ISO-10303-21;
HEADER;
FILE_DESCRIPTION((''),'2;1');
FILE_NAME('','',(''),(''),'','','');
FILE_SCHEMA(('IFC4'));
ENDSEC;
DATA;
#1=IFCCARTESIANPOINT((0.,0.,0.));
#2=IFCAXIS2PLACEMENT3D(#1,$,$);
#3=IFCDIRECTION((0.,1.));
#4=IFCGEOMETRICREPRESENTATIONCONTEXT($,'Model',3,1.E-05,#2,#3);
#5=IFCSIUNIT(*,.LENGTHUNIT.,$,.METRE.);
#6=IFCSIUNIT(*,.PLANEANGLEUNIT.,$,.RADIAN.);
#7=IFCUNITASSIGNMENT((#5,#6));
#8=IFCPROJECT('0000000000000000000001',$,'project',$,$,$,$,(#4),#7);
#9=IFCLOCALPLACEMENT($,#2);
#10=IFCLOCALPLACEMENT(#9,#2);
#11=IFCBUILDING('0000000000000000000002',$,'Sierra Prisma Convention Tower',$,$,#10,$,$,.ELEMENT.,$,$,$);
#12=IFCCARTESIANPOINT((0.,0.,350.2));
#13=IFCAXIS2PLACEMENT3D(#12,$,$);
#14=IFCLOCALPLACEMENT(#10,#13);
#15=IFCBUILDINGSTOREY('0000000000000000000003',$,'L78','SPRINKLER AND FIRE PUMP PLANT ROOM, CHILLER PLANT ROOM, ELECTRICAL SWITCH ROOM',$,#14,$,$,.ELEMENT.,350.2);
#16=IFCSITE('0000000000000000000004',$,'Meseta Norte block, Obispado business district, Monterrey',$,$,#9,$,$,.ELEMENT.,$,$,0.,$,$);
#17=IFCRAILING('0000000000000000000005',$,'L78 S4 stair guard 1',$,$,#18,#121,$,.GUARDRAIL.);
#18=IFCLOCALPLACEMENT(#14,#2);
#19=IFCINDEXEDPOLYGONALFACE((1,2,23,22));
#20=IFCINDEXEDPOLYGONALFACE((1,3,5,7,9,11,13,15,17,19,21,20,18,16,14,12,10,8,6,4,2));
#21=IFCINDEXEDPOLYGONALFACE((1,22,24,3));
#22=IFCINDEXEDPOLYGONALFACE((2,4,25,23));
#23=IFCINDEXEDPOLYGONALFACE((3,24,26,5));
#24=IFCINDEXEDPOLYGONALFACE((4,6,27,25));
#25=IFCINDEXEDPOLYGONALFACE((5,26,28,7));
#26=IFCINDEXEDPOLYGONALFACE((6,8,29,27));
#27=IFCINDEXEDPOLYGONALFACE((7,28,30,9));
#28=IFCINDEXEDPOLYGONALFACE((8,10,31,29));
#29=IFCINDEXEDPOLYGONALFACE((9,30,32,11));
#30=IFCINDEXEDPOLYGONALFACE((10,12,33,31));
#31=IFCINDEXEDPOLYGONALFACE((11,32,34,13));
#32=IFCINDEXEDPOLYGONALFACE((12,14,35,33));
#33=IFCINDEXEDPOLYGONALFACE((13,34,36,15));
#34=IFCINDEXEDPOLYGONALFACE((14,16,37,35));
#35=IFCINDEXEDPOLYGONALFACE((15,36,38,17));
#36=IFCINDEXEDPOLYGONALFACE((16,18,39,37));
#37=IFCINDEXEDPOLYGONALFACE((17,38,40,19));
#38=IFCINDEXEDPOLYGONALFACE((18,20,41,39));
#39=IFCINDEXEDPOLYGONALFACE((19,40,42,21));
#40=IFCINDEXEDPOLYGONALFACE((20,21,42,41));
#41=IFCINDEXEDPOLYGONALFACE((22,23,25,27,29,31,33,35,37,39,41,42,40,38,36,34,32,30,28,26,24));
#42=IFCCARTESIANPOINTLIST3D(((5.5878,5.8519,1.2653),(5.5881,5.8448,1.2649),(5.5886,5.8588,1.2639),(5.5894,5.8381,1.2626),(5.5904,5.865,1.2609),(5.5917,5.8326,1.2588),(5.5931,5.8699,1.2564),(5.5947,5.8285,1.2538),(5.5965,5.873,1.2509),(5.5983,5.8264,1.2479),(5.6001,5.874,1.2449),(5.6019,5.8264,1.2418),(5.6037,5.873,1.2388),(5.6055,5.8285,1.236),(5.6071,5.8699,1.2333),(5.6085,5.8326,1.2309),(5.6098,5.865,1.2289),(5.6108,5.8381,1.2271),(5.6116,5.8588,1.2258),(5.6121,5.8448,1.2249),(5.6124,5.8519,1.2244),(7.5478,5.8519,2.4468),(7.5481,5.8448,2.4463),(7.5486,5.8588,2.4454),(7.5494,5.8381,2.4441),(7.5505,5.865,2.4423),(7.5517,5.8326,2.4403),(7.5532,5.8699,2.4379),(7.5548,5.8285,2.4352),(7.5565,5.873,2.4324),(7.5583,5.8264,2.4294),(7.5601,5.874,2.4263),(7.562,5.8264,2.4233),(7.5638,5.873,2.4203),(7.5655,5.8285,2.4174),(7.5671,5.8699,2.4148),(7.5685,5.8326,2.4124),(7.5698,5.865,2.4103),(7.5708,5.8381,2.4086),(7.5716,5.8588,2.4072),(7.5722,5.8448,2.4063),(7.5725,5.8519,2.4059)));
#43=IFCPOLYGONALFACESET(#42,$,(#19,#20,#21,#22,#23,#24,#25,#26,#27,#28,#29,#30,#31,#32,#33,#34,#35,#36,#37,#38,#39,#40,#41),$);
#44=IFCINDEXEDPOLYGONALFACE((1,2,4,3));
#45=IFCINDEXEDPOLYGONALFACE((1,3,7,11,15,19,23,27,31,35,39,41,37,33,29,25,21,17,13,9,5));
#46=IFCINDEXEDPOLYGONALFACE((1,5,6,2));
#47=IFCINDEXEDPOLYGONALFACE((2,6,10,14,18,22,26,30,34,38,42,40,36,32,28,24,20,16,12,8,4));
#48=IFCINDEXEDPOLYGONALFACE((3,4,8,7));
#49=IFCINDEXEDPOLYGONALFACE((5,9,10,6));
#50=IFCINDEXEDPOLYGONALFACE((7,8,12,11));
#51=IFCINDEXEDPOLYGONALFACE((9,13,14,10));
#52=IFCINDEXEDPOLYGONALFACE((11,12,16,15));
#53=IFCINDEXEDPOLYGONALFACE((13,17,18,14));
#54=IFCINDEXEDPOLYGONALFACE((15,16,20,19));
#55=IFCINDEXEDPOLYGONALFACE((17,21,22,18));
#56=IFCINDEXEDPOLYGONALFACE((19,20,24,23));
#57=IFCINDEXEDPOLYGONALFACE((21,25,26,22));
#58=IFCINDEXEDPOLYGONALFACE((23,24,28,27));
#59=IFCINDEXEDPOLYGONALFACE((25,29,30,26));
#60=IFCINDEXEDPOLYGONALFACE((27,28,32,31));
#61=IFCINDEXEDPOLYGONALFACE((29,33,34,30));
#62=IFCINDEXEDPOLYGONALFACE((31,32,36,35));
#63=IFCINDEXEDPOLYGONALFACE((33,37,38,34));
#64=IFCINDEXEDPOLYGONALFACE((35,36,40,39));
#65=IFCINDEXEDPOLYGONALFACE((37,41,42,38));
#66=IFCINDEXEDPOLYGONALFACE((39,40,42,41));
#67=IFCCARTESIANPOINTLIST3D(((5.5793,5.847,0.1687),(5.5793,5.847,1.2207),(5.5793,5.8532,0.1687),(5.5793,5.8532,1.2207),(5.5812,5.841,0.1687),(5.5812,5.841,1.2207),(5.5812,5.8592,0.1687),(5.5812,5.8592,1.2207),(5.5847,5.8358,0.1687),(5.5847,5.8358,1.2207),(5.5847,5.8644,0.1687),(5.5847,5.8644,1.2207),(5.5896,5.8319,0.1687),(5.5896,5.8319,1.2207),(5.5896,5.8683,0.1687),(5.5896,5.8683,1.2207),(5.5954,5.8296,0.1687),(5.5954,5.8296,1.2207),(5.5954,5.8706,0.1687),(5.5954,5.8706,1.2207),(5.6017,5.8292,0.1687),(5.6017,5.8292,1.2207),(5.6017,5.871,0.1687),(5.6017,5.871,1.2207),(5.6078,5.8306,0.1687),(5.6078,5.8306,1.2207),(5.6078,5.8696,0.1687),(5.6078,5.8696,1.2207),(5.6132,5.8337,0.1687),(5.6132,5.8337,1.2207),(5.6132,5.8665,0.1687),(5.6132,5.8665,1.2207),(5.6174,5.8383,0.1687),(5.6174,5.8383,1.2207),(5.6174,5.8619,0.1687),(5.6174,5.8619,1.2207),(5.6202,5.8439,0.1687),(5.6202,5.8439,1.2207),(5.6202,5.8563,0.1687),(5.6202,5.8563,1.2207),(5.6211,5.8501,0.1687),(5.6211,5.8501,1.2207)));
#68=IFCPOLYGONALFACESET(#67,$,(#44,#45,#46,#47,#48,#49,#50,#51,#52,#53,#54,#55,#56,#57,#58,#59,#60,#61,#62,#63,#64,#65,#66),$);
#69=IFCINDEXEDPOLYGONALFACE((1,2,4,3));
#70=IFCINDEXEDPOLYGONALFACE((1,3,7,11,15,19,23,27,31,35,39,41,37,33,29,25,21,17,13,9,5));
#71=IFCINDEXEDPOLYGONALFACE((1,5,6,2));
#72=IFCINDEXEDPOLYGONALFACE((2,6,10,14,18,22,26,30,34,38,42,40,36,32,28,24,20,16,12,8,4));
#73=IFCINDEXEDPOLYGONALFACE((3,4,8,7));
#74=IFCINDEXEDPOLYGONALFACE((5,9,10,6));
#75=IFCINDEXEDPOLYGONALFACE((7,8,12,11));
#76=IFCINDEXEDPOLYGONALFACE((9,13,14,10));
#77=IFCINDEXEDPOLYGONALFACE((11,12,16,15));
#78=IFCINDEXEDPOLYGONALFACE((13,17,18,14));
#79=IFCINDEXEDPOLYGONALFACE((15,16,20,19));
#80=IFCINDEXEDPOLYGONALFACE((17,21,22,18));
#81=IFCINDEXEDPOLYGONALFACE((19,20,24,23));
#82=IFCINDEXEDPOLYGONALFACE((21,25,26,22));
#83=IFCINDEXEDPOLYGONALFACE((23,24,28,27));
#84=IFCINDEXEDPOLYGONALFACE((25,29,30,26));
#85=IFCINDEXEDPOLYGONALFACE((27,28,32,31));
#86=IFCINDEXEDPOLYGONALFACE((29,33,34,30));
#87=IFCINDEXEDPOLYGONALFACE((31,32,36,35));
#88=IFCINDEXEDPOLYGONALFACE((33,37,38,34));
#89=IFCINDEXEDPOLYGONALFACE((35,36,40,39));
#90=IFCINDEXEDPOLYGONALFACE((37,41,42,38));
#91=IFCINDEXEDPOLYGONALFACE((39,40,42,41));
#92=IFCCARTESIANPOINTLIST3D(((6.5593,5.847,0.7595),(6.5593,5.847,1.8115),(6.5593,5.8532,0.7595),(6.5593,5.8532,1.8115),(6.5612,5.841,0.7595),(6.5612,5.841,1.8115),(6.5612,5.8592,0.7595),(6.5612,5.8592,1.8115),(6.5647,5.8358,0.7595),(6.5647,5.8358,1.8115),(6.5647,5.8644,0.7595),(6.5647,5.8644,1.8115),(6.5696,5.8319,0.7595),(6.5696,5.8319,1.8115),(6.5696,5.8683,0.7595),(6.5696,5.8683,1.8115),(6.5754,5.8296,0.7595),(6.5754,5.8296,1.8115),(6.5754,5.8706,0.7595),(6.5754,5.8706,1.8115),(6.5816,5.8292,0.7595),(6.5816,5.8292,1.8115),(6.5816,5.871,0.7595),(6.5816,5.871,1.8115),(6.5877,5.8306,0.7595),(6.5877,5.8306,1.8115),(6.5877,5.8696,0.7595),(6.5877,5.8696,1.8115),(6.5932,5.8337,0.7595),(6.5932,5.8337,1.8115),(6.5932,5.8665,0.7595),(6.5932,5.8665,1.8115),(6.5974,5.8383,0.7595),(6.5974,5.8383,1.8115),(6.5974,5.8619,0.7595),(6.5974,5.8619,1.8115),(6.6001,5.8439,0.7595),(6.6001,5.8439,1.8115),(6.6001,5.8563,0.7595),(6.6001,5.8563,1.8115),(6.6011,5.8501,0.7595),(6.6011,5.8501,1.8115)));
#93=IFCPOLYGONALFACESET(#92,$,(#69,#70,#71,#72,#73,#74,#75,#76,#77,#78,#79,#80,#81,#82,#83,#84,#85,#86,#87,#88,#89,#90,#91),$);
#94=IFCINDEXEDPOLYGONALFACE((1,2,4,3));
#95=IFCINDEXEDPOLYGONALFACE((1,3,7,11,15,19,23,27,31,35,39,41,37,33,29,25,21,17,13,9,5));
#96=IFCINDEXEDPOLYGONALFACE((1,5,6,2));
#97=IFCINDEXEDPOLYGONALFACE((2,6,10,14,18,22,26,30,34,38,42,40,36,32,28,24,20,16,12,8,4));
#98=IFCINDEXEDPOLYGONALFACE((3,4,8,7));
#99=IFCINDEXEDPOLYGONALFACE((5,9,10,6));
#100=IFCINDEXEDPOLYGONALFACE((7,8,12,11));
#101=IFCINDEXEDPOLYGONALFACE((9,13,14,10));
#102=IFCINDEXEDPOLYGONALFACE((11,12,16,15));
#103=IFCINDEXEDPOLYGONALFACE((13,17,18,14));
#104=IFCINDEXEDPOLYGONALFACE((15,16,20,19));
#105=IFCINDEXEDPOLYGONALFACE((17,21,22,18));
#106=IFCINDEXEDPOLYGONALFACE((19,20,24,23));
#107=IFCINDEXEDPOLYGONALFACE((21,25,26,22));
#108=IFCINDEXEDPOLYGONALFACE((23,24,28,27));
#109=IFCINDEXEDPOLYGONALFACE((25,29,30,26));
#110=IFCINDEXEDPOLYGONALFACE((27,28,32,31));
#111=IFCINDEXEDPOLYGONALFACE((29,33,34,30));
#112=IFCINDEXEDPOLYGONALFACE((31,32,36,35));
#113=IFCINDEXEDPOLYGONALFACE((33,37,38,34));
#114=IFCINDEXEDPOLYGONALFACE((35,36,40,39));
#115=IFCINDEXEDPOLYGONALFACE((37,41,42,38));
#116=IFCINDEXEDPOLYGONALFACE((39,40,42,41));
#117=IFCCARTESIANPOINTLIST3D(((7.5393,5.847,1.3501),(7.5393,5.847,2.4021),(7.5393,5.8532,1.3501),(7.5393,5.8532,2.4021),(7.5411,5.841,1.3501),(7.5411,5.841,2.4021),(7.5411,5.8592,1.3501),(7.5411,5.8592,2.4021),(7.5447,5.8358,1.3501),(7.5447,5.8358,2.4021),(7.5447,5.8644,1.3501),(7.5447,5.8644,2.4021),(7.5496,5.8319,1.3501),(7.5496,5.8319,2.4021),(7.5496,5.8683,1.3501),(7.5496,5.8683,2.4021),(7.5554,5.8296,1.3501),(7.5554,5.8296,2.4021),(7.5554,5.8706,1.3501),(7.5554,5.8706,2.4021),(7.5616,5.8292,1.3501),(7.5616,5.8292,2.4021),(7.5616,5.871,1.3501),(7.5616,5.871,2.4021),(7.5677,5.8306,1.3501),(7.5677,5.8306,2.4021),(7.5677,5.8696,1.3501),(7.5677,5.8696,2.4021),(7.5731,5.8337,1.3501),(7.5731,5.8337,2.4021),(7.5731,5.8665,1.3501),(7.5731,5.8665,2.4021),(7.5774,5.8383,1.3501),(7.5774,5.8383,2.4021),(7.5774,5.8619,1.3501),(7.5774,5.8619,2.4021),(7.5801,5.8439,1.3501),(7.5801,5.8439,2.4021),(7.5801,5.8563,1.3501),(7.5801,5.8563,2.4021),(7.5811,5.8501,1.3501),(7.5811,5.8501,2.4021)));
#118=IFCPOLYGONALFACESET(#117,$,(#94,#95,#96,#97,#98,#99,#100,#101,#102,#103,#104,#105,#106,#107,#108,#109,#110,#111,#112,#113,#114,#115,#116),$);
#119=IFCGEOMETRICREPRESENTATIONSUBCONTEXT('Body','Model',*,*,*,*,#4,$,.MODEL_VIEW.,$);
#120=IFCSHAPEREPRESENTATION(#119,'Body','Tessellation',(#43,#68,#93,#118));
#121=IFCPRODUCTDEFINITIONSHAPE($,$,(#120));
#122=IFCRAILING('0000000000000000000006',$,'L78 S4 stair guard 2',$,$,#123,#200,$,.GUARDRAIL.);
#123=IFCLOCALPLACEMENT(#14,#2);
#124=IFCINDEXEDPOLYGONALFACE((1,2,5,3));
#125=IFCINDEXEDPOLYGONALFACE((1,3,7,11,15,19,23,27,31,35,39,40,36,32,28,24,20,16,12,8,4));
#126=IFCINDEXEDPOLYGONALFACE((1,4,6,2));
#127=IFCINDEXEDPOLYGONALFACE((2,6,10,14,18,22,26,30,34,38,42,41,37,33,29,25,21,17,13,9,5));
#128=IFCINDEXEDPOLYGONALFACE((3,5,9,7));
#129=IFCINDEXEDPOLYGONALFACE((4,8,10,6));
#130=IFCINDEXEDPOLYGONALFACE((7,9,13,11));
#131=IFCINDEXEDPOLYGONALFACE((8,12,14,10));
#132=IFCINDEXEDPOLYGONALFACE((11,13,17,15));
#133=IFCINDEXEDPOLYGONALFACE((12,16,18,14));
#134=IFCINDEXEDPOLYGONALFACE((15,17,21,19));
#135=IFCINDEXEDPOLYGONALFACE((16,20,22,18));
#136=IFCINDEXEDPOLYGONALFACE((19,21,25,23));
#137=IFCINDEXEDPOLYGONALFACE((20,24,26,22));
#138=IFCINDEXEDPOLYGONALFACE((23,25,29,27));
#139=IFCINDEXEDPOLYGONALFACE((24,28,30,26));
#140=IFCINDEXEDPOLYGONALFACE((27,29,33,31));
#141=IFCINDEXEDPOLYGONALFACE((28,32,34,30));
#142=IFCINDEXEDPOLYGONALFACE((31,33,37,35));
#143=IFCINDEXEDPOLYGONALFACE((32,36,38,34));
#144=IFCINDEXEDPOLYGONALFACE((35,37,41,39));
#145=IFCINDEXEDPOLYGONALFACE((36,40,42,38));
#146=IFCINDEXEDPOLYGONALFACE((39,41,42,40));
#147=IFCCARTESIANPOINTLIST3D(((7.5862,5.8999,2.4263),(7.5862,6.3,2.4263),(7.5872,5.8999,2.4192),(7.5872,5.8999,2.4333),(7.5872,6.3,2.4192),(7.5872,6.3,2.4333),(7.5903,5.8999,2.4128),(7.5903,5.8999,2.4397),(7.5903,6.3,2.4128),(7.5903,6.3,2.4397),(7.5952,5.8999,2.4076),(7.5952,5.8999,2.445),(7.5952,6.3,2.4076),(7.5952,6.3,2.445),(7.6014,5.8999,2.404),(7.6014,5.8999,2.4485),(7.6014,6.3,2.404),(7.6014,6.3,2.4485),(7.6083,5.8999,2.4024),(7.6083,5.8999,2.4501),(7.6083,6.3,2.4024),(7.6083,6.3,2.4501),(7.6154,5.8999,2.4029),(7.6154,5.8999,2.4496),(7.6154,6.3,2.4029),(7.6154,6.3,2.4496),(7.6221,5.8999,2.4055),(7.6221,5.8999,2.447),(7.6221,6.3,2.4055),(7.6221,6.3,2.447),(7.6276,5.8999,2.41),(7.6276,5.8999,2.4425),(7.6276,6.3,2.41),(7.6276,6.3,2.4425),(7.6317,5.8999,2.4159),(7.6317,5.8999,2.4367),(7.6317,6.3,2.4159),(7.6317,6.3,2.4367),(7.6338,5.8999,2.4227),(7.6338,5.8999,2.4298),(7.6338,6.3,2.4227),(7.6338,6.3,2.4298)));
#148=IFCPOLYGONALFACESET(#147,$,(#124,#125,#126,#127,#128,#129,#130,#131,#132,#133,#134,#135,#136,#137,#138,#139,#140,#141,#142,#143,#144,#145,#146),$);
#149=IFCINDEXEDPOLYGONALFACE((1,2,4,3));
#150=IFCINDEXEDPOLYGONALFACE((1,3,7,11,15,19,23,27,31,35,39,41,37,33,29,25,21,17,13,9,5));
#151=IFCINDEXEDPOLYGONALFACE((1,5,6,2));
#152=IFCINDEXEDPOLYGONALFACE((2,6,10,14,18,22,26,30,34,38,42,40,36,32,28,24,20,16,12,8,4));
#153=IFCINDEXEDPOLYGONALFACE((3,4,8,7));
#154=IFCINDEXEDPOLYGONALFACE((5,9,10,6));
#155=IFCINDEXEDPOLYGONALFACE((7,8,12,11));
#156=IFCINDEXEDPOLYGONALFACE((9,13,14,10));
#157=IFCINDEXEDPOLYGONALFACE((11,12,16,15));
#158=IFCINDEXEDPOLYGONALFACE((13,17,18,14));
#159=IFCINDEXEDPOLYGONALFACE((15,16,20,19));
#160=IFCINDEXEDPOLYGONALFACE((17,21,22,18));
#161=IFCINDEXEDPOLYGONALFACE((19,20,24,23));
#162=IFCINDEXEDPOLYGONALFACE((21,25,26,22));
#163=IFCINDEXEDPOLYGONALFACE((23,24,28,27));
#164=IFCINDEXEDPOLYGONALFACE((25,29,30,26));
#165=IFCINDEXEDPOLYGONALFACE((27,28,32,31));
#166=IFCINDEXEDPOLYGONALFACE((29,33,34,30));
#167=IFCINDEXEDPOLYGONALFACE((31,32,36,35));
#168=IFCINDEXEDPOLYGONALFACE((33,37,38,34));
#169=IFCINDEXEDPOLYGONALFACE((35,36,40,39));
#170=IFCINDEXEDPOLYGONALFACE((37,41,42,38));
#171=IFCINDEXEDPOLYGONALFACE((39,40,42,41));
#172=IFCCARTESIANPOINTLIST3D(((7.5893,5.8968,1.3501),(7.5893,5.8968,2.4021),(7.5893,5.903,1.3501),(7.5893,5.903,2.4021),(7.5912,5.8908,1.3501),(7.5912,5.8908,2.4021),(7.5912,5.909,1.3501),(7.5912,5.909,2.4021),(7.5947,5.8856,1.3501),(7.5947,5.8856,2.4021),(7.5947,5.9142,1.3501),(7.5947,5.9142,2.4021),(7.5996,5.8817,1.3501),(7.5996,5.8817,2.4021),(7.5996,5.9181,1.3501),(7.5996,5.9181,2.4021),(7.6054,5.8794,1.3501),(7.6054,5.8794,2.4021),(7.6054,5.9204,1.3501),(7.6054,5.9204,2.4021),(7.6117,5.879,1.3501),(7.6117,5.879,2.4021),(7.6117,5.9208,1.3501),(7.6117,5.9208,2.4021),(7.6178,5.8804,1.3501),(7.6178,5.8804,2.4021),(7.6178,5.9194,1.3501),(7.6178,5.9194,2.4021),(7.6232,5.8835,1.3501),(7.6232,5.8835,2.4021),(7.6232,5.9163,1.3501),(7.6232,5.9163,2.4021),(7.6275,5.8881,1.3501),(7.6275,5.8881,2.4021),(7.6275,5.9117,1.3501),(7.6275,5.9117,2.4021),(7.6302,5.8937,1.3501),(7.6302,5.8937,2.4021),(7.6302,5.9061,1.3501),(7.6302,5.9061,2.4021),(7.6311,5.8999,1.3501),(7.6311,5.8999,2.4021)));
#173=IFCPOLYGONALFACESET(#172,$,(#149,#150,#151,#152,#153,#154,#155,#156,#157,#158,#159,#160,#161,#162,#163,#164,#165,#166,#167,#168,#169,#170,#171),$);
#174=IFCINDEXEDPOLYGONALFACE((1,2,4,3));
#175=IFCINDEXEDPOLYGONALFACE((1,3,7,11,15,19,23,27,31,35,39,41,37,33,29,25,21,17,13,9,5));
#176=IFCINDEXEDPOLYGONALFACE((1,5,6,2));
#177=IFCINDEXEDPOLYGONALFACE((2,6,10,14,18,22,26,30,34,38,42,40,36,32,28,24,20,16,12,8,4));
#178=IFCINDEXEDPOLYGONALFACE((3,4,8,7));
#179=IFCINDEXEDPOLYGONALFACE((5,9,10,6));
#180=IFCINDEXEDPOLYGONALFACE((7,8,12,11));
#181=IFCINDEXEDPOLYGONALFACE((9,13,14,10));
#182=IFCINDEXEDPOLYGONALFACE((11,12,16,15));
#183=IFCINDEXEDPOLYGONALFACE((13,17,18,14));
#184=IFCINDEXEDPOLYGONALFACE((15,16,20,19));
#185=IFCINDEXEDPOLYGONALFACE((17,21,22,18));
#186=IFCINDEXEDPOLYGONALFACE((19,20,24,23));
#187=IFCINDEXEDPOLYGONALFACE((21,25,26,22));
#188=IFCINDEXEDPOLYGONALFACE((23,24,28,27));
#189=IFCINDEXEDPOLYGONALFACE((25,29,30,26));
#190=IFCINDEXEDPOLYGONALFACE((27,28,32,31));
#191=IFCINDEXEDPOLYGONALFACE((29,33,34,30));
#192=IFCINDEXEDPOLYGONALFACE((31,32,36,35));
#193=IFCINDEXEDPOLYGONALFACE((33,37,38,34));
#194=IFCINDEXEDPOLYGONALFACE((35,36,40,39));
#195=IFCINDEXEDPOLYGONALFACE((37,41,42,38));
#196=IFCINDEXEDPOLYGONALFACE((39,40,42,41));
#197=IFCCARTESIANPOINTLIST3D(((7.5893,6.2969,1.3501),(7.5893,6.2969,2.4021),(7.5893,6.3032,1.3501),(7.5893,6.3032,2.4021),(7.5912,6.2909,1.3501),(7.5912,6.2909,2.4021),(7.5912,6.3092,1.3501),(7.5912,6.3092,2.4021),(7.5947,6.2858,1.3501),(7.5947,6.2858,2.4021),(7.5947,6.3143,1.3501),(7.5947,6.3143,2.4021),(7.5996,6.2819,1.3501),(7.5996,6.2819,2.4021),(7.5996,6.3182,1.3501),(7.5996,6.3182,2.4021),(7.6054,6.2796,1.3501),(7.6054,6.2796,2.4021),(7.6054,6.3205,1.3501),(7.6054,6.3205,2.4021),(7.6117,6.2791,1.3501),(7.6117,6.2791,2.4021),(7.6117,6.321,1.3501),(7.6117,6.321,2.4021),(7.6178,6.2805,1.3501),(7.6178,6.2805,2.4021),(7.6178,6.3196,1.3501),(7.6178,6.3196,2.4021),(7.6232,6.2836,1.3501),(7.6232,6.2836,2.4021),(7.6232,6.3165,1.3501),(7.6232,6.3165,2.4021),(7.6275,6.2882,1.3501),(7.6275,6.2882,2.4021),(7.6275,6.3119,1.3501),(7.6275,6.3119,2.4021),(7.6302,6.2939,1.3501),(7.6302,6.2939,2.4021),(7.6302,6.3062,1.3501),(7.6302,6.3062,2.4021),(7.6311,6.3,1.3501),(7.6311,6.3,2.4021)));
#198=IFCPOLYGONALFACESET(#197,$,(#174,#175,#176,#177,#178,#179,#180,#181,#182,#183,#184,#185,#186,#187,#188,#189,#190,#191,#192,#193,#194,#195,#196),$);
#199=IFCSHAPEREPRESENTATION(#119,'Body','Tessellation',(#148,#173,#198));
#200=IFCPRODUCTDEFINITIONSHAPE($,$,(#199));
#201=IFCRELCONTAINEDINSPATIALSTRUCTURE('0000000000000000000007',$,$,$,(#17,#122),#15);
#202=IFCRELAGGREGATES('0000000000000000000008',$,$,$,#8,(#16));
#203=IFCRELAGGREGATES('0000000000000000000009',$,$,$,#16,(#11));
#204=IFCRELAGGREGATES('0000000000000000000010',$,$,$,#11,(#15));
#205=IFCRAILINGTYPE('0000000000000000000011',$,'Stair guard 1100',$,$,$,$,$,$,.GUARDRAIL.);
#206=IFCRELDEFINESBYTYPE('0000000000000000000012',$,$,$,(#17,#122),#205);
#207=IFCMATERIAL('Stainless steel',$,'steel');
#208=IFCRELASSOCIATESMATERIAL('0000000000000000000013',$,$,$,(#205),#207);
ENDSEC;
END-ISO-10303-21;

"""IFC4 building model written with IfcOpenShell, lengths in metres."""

from ifc_helpers import new_model, si_unit, direction, frame, origin, origin_2d, place, context, subcontext, project, spatial, circle, extrude, material, type_object, element, save


model = new_model("IFC4")

# Units and contexts
model_context = context("Model", 3, precision=1e-05, world=origin(), true_north=direction((0.0, 1.0)))
body_context = subcontext(model_context, "Body", "Model", "MODEL_VIEW")
ifc_project = project(units=[si_unit("LENGTHUNIT", "METRE"), si_unit("PLANEANGLEUNIT", "RADIAN")], contexts=[model_context])

# Site, building, storey
site_placement = place(None, origin())
site = spatial("IfcSite", under=ifc_project, at=site_placement, Name="Meseta Norte block, Obispado business district, Monterrey", CompositionType="ELEMENT", RefElevation=0.0)
building_placement = place(site_placement, origin())
building = spatial("IfcBuilding", under=site, at=building_placement, Name="Sierra Prisma Convention Tower", CompositionType="ELEMENT")
storey_placement = place(building_placement, frame((0.0, 0.0, 350.2)))
storey = spatial("IfcBuildingStorey", under=building, at=storey_placement, Name="L78", Description="SPRINKLER AND FIRE PUMP PLANT ROOM, CHILLER PLANT ROOM, ELECTRICAL SWITCH ROOM", CompositionType="ELEMENT", Elevation=350.2)

# Railings
ifc_material_1 = material(Name="Stainless steel", Category="steel")
railing_type_1 = type_object("IfcRailingType", Name="Stair guard 1100", PredefinedType="GUARDRAIL", material=ifc_material_1)
railing_1_placement = place(storey_placement, frame((5.6001, 5.8501, 0.1687)))
element("IfcRailing", 1, at=railing_1_placement, inside=storey, type_object=railing_type_1, Name="L78 S4 stair guard 1", PredefinedType="GUARDRAIL", context=body_context, shape_type="SweptSolid", body=[
    extrude(circle(Radius=0.0239, at=origin_2d()), frame((0.0, 0.0, 1.0762), z_axis=(0.856446, 0.0, 0.516236), x_axis=(0.0, 1.0, 0.0)), (0.0, 0.0, 1.0), 2.2886),
    extrude(circle(Radius=0.021, at=origin_2d()), origin(), (0.0, 0.0, 1.0), 1.052),
    extrude(circle(Radius=0.021, at=origin_2d()), frame((0.98, 0.0, 0.5908)), (0.0, 0.0, 1.0), 1.052),
    extrude(circle(Radius=0.021, at=origin_2d()), frame((1.96, 0.0, 1.1814)), (0.0, 0.0, 1.0), 1.052),
])
railing_2_placement = place(storey_placement, frame((7.6101, 5.8999, 1.3501)))
element("IfcRailing", 2, at=railing_2_placement, inside=storey, type_object=railing_type_1, Name="L78 S4 stair guard 2", PredefinedType="GUARDRAIL", context=body_context, shape_type="SweptSolid", body=[
    extrude(circle(Radius=0.0239, at=origin_2d()), frame((0.0, 0.0, 1.0762), z_axis=(0.0, 1.0, 0.0), x_axis=(-1.0, 0.0, 0.0)), (0.0, 0.0, 1.0), 0.4001),
    extrude(circle(Radius=0.021, at=origin_2d()), origin(), (0.0, 0.0, 1.0), 1.052),
    extrude(circle(Radius=0.021, at=origin_2d()), frame((0.0, 0.4001, 0.0)), (0.0, 0.0, 1.0), 1.052),
])

save(model, "model.ifc")
